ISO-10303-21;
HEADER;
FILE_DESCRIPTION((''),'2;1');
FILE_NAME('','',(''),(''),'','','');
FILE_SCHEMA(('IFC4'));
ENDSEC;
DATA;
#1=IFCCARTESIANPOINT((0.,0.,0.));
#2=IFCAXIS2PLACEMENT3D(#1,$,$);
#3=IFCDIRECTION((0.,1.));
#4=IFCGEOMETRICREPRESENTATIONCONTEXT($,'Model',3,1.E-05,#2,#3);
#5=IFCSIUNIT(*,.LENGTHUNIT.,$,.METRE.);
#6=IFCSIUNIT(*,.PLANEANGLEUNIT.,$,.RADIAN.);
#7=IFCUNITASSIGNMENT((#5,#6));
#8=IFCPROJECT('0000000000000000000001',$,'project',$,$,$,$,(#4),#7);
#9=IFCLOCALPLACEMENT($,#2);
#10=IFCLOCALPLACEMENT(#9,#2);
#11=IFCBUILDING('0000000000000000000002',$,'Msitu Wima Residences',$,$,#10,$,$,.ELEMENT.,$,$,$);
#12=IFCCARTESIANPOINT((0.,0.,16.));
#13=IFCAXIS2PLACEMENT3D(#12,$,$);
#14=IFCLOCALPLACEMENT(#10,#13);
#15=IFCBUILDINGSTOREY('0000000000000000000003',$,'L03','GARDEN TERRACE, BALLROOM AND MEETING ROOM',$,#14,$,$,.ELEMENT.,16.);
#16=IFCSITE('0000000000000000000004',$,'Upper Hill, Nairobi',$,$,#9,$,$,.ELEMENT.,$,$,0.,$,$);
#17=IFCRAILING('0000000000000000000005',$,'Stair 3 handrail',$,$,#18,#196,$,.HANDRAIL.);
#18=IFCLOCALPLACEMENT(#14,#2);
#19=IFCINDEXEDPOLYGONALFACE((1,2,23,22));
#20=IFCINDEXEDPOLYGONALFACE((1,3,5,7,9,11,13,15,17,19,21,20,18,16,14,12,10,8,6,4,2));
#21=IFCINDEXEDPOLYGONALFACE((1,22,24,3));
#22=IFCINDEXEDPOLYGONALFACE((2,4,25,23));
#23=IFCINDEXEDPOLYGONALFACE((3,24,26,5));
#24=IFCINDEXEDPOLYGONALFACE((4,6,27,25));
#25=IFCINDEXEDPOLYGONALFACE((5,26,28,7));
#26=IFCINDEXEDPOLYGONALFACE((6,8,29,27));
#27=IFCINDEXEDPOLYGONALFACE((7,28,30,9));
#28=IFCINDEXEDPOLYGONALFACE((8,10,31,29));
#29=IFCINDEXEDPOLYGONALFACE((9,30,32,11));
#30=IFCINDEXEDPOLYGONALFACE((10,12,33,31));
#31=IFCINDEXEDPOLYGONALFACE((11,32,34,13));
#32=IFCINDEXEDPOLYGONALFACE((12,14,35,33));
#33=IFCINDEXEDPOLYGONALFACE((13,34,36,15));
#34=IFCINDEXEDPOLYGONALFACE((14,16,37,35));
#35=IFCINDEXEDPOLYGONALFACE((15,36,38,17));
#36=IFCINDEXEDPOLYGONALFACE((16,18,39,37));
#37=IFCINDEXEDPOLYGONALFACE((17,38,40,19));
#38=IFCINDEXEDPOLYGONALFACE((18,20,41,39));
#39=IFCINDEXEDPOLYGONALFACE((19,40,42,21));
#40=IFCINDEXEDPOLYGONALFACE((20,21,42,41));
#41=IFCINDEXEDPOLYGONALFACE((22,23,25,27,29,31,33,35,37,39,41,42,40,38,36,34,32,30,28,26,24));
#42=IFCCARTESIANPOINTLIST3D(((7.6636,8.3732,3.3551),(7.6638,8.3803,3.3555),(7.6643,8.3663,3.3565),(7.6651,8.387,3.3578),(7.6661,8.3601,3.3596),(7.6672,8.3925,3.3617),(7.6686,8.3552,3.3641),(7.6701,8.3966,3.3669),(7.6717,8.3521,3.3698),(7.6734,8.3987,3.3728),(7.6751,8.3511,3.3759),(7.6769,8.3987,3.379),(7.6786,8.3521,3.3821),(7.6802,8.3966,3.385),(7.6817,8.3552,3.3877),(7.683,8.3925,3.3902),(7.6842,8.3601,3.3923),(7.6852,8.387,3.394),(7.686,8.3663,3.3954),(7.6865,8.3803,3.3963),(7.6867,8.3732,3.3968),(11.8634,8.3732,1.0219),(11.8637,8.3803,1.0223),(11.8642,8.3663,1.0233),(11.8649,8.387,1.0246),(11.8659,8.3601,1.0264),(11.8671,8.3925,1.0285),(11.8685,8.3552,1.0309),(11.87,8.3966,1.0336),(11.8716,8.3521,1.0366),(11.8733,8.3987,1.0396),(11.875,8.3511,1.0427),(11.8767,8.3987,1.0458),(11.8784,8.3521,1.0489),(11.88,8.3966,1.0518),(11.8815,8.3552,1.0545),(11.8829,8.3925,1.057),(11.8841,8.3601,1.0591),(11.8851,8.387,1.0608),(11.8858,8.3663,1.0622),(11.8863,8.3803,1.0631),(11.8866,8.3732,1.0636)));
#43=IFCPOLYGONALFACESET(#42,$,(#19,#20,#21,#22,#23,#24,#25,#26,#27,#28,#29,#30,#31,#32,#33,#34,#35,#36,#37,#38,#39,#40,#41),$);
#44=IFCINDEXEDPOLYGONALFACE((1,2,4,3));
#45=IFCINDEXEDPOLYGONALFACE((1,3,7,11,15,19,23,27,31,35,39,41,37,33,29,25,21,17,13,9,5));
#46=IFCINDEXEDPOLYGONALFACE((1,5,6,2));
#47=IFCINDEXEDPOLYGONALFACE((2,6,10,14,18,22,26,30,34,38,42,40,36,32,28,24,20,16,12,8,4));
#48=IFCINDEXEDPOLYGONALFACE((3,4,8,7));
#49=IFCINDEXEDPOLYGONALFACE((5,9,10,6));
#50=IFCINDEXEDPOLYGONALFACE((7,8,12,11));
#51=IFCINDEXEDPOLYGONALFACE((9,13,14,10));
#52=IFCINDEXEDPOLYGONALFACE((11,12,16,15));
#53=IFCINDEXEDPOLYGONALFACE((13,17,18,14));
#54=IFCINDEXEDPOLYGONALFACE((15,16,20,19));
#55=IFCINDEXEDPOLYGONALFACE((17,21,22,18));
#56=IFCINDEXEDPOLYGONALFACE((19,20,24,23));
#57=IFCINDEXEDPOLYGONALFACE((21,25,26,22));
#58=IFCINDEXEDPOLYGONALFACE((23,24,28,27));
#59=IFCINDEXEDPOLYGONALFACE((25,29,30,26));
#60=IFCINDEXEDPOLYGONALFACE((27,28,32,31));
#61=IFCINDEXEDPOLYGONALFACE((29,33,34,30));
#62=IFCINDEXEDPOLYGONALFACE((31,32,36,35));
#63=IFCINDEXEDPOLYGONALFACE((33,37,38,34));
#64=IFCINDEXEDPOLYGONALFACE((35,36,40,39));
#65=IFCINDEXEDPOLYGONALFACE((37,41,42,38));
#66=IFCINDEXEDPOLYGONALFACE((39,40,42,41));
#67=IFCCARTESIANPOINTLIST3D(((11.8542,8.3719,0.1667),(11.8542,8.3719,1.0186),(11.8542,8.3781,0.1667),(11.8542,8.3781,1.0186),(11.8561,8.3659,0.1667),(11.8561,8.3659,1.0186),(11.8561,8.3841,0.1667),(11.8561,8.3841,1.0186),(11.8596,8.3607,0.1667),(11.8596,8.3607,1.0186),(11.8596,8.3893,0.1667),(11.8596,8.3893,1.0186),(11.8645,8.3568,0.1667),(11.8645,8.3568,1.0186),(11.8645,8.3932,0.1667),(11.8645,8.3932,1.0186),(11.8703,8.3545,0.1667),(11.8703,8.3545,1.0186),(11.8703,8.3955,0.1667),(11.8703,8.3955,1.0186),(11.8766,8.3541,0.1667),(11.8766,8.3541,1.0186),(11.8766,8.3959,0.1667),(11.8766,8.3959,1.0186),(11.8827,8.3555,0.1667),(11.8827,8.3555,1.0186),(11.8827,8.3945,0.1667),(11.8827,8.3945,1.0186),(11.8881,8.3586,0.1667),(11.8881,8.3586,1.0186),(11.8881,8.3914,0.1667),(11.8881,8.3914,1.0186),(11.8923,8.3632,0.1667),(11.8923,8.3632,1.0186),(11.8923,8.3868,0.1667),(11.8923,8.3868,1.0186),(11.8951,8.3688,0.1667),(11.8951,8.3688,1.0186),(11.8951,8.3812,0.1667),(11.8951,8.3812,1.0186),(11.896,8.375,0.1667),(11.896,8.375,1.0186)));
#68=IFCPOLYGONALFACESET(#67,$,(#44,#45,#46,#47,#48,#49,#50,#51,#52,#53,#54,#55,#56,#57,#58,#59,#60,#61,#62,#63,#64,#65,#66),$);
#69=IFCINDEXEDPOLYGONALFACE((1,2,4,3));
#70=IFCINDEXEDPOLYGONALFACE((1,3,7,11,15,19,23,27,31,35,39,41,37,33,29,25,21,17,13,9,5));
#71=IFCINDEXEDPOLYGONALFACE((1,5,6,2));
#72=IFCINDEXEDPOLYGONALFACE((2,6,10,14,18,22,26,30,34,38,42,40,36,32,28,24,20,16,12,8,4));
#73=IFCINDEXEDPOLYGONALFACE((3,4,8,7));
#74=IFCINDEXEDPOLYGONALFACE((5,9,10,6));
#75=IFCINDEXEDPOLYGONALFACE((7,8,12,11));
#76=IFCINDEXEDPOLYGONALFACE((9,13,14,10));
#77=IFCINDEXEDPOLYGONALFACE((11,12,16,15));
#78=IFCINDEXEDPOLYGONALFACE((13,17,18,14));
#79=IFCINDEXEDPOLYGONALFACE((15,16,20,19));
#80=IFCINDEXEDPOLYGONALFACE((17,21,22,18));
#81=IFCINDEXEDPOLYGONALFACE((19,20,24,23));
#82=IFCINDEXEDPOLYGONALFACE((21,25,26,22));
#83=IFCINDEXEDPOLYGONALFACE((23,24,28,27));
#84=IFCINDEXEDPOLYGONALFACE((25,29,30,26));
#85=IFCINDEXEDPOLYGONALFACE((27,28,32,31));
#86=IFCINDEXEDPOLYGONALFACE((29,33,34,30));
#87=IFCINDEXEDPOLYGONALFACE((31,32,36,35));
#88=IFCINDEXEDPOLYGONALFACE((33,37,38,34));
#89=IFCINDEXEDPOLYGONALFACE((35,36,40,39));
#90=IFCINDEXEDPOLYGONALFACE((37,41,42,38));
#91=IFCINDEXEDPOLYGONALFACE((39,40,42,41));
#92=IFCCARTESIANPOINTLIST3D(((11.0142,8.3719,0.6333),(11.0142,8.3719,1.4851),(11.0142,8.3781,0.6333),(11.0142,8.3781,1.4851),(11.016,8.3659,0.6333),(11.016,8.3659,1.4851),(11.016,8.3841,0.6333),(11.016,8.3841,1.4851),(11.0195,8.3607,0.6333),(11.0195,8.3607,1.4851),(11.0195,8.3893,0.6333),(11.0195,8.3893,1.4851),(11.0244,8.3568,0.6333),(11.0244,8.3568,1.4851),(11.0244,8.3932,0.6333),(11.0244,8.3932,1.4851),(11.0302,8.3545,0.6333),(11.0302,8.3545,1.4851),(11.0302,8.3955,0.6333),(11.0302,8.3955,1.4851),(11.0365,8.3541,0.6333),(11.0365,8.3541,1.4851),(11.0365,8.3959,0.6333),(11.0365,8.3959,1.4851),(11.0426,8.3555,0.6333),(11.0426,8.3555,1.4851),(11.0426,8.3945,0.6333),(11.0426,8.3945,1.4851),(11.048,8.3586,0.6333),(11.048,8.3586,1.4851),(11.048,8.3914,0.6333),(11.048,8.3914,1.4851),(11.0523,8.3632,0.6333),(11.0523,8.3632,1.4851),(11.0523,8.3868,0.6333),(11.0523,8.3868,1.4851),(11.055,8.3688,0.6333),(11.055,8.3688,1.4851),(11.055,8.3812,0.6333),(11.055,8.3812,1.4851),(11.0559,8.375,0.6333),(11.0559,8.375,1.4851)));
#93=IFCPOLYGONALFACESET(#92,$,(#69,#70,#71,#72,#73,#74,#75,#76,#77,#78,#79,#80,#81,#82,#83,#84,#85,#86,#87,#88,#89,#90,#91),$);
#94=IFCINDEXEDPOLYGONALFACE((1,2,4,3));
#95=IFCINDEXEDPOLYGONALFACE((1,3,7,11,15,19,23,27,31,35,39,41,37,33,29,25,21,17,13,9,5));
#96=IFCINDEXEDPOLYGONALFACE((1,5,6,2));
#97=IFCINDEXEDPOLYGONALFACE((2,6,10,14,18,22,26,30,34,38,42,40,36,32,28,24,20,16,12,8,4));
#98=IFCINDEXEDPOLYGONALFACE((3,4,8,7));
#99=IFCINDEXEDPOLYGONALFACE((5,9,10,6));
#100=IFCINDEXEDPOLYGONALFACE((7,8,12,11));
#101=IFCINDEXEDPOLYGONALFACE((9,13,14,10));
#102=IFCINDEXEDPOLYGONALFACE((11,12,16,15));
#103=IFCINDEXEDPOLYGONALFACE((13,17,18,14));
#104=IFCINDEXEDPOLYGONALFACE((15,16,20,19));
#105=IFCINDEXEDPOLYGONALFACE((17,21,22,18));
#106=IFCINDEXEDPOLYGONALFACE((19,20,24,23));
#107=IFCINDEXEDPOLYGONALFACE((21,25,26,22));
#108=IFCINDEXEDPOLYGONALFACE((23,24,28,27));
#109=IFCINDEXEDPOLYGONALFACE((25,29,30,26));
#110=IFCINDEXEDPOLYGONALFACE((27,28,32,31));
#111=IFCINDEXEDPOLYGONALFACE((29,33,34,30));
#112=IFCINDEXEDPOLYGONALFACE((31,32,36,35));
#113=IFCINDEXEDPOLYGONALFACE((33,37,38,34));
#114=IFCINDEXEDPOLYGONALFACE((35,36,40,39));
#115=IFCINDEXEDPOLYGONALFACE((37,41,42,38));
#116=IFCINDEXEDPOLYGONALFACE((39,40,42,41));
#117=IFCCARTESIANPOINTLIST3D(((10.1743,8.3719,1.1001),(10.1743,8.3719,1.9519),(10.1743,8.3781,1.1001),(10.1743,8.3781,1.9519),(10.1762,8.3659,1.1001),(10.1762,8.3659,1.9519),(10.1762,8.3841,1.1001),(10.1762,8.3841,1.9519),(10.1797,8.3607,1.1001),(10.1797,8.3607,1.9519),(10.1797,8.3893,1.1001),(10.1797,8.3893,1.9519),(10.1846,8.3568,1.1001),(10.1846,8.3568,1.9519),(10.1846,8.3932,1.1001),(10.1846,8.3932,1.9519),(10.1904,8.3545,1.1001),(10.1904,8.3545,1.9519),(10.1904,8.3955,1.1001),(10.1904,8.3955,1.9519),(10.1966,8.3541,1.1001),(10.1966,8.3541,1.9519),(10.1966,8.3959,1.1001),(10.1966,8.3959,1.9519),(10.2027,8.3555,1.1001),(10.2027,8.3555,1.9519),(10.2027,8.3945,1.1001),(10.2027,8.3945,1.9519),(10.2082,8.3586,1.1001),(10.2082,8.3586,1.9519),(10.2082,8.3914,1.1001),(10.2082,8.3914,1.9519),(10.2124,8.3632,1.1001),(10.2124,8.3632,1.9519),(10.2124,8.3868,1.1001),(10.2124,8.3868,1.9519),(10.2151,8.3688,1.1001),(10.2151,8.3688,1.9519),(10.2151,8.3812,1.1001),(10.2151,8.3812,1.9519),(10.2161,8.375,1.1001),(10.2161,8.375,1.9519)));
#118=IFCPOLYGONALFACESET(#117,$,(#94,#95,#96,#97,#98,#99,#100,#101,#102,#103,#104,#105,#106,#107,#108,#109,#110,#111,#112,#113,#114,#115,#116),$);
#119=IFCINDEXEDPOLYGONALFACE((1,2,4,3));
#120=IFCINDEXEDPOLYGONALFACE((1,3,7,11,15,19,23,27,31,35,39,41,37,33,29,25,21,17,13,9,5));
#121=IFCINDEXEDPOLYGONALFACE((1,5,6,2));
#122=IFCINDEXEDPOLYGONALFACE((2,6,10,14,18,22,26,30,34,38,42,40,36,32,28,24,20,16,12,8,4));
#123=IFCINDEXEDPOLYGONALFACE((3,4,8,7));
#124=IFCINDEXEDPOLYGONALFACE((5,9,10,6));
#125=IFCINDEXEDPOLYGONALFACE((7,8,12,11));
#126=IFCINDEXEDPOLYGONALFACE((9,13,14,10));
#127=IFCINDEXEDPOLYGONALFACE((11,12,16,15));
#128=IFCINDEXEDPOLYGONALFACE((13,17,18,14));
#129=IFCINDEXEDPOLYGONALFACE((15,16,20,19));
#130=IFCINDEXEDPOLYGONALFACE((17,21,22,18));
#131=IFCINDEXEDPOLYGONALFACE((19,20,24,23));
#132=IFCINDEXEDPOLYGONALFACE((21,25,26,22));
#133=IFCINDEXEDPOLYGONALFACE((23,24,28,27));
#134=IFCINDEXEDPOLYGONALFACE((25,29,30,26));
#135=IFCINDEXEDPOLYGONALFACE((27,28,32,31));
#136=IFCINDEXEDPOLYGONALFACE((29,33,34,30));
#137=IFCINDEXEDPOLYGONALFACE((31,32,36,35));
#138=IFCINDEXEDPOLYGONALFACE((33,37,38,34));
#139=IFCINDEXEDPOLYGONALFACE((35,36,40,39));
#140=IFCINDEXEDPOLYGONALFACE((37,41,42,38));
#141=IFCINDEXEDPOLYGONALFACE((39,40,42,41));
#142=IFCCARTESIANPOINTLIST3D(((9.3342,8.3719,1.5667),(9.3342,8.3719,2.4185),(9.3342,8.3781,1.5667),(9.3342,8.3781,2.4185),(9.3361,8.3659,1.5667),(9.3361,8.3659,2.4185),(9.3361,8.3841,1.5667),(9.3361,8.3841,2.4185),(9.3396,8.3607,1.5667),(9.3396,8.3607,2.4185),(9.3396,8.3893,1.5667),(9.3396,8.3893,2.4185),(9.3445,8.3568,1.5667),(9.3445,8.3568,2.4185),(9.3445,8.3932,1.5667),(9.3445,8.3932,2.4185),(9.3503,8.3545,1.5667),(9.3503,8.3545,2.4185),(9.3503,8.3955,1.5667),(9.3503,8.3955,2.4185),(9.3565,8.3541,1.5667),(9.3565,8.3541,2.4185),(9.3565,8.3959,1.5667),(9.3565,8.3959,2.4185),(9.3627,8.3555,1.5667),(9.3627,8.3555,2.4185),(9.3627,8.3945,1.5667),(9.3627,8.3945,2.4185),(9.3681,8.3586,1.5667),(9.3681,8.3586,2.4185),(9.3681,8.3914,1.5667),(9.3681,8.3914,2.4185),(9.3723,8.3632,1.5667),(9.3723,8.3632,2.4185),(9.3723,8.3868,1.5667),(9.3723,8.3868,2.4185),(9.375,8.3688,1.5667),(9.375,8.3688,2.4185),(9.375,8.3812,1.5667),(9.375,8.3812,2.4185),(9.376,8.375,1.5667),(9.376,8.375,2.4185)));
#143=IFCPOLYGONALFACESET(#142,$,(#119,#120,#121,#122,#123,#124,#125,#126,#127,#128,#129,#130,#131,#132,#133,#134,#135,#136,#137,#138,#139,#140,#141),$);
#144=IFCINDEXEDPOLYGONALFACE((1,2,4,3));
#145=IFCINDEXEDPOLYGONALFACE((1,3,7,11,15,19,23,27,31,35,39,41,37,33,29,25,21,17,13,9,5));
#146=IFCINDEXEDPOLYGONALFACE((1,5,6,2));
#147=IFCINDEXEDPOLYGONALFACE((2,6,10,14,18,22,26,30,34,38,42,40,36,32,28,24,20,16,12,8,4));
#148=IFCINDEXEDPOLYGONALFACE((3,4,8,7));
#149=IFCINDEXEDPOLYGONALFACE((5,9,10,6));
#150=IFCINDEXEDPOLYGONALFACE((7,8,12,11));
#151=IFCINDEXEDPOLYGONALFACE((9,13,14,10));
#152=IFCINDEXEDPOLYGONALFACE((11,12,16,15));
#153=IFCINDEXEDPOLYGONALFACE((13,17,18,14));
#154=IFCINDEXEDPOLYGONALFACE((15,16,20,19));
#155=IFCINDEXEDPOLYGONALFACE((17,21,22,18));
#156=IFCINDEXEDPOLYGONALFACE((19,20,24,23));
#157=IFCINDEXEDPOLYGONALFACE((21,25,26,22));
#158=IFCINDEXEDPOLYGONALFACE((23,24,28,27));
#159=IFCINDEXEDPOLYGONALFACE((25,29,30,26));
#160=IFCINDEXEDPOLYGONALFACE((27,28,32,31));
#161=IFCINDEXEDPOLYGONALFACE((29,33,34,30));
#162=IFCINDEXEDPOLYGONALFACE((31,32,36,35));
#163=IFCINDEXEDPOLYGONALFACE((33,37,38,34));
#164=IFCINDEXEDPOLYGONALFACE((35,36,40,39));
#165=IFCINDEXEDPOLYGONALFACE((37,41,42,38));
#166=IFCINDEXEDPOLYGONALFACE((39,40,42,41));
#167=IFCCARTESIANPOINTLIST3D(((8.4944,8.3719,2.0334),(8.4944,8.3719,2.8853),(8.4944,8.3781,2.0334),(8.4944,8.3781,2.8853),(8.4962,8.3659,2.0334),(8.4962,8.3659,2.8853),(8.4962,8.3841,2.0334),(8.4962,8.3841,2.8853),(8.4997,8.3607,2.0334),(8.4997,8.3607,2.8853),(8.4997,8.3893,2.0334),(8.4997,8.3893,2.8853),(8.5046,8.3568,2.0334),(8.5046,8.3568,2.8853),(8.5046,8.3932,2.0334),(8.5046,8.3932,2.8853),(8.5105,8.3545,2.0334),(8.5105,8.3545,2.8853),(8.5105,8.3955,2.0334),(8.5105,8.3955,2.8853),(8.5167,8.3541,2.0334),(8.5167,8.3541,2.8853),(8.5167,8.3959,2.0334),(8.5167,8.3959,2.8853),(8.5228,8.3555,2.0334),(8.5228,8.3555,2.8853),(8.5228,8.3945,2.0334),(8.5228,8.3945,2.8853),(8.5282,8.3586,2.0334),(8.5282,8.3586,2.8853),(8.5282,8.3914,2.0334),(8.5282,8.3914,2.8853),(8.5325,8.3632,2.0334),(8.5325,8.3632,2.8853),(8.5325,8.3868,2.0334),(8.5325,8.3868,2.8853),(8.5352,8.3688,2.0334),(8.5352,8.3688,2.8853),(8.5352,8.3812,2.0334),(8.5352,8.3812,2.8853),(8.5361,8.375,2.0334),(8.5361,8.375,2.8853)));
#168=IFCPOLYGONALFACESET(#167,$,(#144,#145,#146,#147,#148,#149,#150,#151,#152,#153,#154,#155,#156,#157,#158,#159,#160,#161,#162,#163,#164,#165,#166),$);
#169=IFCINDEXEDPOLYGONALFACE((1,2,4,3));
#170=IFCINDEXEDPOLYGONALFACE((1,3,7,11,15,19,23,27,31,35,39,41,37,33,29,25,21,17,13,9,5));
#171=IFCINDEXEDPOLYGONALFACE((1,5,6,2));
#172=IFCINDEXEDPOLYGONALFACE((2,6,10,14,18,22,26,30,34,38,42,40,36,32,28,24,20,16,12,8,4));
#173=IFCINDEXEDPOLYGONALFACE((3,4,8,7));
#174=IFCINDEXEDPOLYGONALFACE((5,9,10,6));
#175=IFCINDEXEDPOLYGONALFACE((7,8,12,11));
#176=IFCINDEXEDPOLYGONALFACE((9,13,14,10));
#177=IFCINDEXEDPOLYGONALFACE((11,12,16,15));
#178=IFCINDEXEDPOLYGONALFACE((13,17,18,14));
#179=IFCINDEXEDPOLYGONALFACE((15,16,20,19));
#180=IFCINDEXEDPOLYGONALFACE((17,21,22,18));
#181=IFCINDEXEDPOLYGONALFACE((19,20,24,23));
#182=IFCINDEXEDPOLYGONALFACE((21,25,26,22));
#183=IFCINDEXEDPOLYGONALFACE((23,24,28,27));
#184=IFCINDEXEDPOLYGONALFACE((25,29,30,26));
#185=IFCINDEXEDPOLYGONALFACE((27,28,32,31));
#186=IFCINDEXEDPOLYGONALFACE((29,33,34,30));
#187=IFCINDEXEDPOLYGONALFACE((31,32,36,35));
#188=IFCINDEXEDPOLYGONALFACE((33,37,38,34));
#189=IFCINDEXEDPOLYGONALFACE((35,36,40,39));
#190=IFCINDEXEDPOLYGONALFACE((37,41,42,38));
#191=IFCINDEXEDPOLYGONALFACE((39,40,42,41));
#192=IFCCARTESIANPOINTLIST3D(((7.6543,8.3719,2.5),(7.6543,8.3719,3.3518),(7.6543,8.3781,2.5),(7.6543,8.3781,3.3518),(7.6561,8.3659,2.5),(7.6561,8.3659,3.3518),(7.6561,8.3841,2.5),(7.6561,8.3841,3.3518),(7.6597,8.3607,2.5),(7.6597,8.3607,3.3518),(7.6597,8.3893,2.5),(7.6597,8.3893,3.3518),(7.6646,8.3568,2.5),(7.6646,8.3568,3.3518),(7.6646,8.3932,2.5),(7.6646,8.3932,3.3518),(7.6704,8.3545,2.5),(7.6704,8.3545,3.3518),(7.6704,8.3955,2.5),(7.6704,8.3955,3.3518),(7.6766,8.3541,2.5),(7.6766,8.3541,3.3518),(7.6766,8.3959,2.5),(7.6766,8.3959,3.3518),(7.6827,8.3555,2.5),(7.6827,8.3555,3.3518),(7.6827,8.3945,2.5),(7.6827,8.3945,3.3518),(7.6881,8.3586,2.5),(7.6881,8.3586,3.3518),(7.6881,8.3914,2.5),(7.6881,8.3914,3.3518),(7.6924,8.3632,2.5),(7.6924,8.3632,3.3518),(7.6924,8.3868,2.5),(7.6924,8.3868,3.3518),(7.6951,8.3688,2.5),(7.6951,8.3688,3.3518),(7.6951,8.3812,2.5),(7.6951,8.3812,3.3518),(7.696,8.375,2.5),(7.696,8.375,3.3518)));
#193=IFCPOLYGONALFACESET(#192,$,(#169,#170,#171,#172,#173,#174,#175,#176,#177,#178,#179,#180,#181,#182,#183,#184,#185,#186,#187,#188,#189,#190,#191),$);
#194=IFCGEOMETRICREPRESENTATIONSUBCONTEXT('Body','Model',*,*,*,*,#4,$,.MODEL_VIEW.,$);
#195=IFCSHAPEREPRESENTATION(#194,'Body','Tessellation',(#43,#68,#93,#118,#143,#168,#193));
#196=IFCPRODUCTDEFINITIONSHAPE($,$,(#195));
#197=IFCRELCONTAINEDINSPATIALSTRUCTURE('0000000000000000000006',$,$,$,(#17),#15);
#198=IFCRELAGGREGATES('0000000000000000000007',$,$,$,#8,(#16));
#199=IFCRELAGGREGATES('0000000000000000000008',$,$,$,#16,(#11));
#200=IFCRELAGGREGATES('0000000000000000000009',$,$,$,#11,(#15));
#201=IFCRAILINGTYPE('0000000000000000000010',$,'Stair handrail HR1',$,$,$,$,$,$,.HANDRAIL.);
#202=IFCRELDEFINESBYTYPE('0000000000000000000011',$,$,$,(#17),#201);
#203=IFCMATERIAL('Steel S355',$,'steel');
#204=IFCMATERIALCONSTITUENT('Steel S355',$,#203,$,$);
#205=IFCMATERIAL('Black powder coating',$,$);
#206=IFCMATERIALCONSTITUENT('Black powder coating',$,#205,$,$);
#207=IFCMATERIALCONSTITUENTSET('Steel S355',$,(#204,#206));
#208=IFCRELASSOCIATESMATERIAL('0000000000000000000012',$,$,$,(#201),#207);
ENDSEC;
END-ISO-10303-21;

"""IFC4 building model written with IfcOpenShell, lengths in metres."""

from ifc_helpers import new_model, si_unit, direction, frame, origin, origin_2d, place, context, subcontext, project, spatial, circle, extrude, material, constituent, constituent_set, type_object, element, save


model = new_model("IFC4")

# Units and contexts
model_context = context("Model", 3, precision=1e-05, world=origin(), true_north=direction((0.0, 1.0)))
body_context = subcontext(model_context, "Body", "Model", "MODEL_VIEW")
ifc_project = project(units=[si_unit("LENGTHUNIT", "METRE"), si_unit("PLANEANGLEUNIT", "RADIAN")], contexts=[model_context])

# Site, building, storey
site_placement = place(None, origin())
site = spatial("IfcSite", under=ifc_project, at=site_placement, Name="Upper Hill, Nairobi", CompositionType="ELEMENT", RefElevation=0.0)
building_placement = place(site_placement, origin())
building = spatial("IfcBuilding", under=site, at=building_placement, Name="Msitu Wima Residences", CompositionType="ELEMENT")
storey_placement = place(building_placement, frame((0.0, 0.0, 16.0)))
storey = spatial("IfcBuildingStorey", under=building, at=storey_placement, Name="L03", Description="GARDEN TERRACE, BALLROOM AND MEETING ROOM", CompositionType="ELEMENT", Elevation=16.0)

# Railing
ifc_material_1 = material(Name="Steel S355", Category="steel")
ifc_constituent_1 = constituent(ifc_material_1, Name="Steel S355")
ifc_material_2 = material(Name="Black powder coating")
ifc_constituent_2 = constituent(ifc_material_2, Name="Black powder coating")
ifc_constituent_set = constituent_set(constituents=[ifc_constituent_1, ifc_constituent_2], Name="Steel S355")
railing_type = type_object("IfcRailingType", Name="Stair handrail HR1", PredefinedType="HANDRAIL", material=ifc_constituent_set)
railing_1_placement = place(storey_placement, frame((11.875, 8.375, 0.1667)))
element("IfcRailing", 1, at=railing_1_placement, inside=storey, type_object=railing_type, Name="Stair 3 handrail", PredefinedType="HANDRAIL", context=body_context, shape_type="SweptSolid", body=[
    extrude(circle(Radius=0.0239, at=origin_2d()), frame((0.0, 0.0, 0.876), z_axis=(-0.874162, 0.0, 0.485634), x_axis=(0.0, -1.0, 0.0)), (0.0, 0.0, 1.0), 4.8044),
    extrude(circle(Radius=0.021, at=origin_2d()), origin(), (0.0, 0.0, 1.0), 0.8518),
    extrude(circle(Radius=0.021, at=origin_2d()), frame((-0.8401, 0.0, 0.4666)), (0.0, 0.0, 1.0), 0.8518),
    extrude(circle(Radius=0.021, at=origin_2d()), frame((-1.6799, 0.0, 0.9333)), (0.0, 0.0, 1.0), 0.8518),
    extrude(circle(Radius=0.021, at=origin_2d()), frame((-2.52, 0.0, 1.3999)), (0.0, 0.0, 1.0), 0.8518),
    extrude(circle(Radius=0.021, at=origin_2d()), frame((-3.3599, 0.0, 1.8667)), (0.0, 0.0, 1.0), 0.8518),
    extrude(circle(Radius=0.021, at=origin_2d()), frame((-4.2, 0.0, 2.3333)), (0.0, 0.0, 1.0), 0.8518),
])

save(model, "model.ifc")
